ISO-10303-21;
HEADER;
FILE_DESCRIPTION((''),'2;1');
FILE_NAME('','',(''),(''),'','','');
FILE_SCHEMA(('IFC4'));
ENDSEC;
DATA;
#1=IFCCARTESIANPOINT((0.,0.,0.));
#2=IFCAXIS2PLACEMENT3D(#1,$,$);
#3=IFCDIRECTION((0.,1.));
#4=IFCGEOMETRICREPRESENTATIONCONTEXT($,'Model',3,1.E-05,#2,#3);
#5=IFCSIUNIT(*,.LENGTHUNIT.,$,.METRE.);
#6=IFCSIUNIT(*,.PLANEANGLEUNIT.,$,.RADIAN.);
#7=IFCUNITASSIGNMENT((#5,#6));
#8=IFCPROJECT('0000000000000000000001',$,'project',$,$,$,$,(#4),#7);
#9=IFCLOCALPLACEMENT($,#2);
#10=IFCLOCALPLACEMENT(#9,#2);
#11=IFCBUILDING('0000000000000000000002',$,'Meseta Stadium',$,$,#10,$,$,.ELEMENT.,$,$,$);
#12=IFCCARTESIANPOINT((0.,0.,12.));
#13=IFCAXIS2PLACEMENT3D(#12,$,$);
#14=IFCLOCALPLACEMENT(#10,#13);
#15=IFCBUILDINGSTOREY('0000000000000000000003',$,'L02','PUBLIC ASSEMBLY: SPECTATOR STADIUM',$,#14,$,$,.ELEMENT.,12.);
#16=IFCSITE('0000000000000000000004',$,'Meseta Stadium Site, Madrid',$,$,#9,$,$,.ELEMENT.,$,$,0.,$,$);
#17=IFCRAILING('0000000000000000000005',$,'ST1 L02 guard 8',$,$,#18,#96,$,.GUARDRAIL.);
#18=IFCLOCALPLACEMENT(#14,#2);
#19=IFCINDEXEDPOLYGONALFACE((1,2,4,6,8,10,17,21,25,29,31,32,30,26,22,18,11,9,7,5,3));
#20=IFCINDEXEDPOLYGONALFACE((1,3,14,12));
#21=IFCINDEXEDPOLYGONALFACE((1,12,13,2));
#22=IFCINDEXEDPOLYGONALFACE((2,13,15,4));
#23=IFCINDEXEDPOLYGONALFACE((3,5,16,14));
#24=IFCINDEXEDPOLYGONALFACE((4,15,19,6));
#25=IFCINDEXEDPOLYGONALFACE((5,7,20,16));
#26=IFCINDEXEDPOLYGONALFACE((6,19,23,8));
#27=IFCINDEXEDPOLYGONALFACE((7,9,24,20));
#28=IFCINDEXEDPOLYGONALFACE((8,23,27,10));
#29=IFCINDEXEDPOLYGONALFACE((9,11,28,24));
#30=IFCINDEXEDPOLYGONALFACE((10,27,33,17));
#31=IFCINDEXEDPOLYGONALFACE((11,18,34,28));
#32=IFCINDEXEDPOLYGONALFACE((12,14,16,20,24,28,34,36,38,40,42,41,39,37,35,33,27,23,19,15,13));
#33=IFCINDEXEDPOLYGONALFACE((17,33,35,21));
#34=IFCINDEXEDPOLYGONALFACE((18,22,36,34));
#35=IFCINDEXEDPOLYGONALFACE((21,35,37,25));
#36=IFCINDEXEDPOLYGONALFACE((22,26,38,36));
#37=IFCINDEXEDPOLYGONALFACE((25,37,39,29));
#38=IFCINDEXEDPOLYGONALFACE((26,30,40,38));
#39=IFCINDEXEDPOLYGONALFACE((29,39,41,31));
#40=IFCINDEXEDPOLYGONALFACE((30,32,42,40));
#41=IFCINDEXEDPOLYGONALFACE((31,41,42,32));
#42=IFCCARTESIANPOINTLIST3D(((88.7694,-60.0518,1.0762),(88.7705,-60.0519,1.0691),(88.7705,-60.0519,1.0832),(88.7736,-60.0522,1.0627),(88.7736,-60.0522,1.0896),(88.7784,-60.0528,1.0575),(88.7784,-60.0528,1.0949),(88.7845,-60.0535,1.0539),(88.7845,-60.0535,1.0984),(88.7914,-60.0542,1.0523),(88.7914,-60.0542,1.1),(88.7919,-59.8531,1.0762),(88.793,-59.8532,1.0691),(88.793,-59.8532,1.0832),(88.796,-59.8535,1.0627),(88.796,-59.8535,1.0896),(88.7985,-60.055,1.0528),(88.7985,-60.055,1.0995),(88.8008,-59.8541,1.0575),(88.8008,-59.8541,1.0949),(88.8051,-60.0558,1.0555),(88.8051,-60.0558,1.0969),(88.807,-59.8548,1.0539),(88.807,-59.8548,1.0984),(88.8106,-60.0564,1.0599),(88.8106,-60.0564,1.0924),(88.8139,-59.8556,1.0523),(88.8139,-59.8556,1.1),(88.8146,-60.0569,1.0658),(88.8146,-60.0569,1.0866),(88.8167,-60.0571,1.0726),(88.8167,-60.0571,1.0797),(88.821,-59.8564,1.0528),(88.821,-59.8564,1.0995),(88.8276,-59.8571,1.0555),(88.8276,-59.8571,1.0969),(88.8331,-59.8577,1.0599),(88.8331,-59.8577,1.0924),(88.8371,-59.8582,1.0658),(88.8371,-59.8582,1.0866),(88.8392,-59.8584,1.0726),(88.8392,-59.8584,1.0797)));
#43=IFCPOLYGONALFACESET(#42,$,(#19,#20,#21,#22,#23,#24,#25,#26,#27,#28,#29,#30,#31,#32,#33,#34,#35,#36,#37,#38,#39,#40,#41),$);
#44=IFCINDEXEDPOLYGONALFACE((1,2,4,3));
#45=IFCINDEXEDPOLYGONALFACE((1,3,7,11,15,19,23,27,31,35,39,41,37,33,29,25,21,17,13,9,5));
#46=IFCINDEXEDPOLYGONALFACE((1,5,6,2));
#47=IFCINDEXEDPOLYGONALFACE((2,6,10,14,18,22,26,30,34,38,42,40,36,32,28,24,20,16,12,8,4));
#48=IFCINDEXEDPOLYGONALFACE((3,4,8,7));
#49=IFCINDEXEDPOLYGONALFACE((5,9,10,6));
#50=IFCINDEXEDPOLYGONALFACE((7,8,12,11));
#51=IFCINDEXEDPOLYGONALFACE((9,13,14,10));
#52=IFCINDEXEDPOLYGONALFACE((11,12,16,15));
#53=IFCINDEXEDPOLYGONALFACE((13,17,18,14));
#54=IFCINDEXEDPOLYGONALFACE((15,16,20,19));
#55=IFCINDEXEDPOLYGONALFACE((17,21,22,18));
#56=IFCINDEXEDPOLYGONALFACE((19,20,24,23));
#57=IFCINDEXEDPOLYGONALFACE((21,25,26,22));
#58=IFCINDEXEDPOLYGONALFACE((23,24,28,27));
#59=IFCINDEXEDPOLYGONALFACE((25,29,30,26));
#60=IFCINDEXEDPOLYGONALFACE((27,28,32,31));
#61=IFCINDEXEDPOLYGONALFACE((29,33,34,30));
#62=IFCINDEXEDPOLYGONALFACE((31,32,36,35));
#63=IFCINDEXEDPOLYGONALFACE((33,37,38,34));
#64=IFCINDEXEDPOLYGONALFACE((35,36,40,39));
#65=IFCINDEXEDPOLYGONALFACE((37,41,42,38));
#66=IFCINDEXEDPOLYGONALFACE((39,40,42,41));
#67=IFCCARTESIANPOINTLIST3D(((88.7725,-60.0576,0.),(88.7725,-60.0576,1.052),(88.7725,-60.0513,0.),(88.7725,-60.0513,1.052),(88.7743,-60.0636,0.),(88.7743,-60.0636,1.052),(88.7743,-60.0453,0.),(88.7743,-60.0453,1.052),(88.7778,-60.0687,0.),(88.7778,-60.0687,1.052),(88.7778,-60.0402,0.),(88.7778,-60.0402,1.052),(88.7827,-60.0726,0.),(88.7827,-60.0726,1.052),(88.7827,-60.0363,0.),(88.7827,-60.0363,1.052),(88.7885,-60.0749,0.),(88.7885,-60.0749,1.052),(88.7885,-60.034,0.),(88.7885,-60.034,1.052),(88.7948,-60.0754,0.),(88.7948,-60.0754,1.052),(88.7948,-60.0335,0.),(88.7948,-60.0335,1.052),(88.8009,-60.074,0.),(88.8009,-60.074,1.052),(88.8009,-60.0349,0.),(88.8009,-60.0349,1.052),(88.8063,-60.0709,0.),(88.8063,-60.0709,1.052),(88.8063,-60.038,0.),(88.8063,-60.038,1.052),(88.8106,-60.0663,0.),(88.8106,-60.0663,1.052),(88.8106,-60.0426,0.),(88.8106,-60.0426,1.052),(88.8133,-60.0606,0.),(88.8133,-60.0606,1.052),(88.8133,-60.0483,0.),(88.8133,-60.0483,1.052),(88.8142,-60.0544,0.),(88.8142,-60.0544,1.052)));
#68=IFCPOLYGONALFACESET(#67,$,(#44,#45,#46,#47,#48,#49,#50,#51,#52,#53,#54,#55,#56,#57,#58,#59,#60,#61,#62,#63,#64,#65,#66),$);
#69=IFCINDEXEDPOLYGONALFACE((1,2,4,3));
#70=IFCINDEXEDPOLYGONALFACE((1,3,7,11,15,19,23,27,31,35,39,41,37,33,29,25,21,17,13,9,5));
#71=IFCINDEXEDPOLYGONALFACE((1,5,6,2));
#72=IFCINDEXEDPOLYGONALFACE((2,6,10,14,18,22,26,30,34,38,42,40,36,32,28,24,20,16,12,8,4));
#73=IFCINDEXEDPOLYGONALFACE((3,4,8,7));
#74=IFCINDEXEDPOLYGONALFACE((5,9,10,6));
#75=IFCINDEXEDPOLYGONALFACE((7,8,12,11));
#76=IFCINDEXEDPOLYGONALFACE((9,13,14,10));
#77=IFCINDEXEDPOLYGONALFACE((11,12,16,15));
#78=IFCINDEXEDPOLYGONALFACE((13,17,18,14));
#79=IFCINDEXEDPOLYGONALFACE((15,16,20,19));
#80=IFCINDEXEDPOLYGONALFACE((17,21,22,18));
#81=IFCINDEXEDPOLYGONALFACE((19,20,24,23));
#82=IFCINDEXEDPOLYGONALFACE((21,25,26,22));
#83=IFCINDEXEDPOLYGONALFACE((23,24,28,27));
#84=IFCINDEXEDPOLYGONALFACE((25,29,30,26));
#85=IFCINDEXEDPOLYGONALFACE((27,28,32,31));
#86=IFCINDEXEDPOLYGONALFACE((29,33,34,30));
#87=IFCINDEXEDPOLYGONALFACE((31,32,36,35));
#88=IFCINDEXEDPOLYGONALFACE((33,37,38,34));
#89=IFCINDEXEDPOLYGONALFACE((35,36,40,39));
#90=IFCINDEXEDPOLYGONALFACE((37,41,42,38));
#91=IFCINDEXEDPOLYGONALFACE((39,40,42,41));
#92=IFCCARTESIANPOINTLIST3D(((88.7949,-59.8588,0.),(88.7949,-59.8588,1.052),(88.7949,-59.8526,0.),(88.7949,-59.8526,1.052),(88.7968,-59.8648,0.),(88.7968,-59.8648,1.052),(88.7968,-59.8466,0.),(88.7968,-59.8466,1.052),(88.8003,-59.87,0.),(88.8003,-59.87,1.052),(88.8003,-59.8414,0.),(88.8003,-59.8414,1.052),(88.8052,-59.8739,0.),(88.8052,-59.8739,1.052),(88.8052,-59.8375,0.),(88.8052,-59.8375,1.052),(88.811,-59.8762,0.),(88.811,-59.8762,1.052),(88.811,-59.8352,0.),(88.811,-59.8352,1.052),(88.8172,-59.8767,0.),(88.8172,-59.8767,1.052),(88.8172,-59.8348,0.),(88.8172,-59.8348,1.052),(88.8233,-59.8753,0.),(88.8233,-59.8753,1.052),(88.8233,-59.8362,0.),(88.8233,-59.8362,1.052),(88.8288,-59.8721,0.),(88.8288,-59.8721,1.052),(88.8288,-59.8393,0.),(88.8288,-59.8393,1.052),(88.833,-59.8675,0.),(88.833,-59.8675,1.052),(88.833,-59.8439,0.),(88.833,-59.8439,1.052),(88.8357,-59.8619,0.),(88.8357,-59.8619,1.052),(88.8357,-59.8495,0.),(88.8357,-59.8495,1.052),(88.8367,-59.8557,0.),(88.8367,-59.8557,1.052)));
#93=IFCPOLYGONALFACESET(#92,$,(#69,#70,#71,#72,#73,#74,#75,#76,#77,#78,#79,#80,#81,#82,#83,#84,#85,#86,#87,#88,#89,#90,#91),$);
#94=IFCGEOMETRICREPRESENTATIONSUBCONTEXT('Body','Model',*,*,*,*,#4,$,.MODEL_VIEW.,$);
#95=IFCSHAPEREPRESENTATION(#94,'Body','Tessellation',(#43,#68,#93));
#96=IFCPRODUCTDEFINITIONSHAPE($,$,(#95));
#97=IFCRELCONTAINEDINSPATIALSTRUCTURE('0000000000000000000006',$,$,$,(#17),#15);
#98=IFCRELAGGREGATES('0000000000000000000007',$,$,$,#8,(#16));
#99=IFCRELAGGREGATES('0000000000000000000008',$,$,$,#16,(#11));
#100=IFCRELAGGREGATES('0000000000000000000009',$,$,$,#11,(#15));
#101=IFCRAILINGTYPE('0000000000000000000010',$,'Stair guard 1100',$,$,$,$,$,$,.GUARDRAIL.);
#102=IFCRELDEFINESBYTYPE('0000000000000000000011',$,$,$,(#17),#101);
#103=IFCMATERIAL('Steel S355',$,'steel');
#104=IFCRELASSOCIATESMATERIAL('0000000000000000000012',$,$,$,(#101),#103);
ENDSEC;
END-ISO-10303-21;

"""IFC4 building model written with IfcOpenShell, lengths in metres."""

from ifc_helpers import new_model, si_unit, direction, frame, origin, origin_2d, place, context, subcontext, project, spatial, circle, extrude, material, type_object, element, save


model = new_model("IFC4")

# Units and contexts
model_context = context("Model", 3, precision=1e-05, world=origin(), true_north=direction((0.0, 1.0)))
body_context = subcontext(model_context, "Body", "Model", "MODEL_VIEW")
ifc_project = project(units=[si_unit("LENGTHUNIT", "METRE"), si_unit("PLANEANGLEUNIT", "RADIAN")], contexts=[model_context])

# Site, building, storey
site_placement = place(None, origin())
site = spatial("IfcSite", under=ifc_project, at=site_placement, Name="Meseta Stadium Site, Madrid", CompositionType="ELEMENT", RefElevation=0.0)
building_placement = place(site_placement, origin())
building = spatial("IfcBuilding", under=site, at=building_placement, Name="Meseta Stadium", CompositionType="ELEMENT")
storey_placement = place(building_placement, frame((0.0, 0.0, 12.0)))
storey = spatial("IfcBuildingStorey", under=building, at=storey_placement, Name="L02", Description="PUBLIC ASSEMBLY: SPECTATOR STADIUM", CompositionType="ELEMENT", Elevation=12.0)

# Railing
ifc_material_1 = material(Name="Steel S355", Category="steel")
railing_type_1 = type_object("IfcRailingType", Name="Stair guard 1100", PredefinedType="GUARDRAIL", material=ifc_material_1)
railing_1_placement = place(storey_placement, frame((88.7932, -60.0544, 0.0)))
element("IfcRailing", 1, at=railing_1_placement, inside=storey, type_object=railing_type_1, Name="ST1 L02 guard 8", PredefinedType="GUARDRAIL", context=body_context, shape_type="SweptSolid", body=[
    extrude(circle(Radius=0.0239, at=origin_2d()), frame((0.0, 0.0, 1.0762), z_axis=(0.112307, 0.993674, 0.0), x_axis=(-0.993674, 0.112307, 0.0)), (0.0, 0.0, 1.0), 0.2),
    extrude(circle(Radius=0.021, at=origin_2d()), origin(), (0.0, 0.0, 1.0), 1.052),
    extrude(circle(Radius=0.021, at=origin_2d()), frame((0.0225, 0.1987, 0.0)), (0.0, 0.0, 1.0), 1.052),
])

save(model, "model.ifc")
